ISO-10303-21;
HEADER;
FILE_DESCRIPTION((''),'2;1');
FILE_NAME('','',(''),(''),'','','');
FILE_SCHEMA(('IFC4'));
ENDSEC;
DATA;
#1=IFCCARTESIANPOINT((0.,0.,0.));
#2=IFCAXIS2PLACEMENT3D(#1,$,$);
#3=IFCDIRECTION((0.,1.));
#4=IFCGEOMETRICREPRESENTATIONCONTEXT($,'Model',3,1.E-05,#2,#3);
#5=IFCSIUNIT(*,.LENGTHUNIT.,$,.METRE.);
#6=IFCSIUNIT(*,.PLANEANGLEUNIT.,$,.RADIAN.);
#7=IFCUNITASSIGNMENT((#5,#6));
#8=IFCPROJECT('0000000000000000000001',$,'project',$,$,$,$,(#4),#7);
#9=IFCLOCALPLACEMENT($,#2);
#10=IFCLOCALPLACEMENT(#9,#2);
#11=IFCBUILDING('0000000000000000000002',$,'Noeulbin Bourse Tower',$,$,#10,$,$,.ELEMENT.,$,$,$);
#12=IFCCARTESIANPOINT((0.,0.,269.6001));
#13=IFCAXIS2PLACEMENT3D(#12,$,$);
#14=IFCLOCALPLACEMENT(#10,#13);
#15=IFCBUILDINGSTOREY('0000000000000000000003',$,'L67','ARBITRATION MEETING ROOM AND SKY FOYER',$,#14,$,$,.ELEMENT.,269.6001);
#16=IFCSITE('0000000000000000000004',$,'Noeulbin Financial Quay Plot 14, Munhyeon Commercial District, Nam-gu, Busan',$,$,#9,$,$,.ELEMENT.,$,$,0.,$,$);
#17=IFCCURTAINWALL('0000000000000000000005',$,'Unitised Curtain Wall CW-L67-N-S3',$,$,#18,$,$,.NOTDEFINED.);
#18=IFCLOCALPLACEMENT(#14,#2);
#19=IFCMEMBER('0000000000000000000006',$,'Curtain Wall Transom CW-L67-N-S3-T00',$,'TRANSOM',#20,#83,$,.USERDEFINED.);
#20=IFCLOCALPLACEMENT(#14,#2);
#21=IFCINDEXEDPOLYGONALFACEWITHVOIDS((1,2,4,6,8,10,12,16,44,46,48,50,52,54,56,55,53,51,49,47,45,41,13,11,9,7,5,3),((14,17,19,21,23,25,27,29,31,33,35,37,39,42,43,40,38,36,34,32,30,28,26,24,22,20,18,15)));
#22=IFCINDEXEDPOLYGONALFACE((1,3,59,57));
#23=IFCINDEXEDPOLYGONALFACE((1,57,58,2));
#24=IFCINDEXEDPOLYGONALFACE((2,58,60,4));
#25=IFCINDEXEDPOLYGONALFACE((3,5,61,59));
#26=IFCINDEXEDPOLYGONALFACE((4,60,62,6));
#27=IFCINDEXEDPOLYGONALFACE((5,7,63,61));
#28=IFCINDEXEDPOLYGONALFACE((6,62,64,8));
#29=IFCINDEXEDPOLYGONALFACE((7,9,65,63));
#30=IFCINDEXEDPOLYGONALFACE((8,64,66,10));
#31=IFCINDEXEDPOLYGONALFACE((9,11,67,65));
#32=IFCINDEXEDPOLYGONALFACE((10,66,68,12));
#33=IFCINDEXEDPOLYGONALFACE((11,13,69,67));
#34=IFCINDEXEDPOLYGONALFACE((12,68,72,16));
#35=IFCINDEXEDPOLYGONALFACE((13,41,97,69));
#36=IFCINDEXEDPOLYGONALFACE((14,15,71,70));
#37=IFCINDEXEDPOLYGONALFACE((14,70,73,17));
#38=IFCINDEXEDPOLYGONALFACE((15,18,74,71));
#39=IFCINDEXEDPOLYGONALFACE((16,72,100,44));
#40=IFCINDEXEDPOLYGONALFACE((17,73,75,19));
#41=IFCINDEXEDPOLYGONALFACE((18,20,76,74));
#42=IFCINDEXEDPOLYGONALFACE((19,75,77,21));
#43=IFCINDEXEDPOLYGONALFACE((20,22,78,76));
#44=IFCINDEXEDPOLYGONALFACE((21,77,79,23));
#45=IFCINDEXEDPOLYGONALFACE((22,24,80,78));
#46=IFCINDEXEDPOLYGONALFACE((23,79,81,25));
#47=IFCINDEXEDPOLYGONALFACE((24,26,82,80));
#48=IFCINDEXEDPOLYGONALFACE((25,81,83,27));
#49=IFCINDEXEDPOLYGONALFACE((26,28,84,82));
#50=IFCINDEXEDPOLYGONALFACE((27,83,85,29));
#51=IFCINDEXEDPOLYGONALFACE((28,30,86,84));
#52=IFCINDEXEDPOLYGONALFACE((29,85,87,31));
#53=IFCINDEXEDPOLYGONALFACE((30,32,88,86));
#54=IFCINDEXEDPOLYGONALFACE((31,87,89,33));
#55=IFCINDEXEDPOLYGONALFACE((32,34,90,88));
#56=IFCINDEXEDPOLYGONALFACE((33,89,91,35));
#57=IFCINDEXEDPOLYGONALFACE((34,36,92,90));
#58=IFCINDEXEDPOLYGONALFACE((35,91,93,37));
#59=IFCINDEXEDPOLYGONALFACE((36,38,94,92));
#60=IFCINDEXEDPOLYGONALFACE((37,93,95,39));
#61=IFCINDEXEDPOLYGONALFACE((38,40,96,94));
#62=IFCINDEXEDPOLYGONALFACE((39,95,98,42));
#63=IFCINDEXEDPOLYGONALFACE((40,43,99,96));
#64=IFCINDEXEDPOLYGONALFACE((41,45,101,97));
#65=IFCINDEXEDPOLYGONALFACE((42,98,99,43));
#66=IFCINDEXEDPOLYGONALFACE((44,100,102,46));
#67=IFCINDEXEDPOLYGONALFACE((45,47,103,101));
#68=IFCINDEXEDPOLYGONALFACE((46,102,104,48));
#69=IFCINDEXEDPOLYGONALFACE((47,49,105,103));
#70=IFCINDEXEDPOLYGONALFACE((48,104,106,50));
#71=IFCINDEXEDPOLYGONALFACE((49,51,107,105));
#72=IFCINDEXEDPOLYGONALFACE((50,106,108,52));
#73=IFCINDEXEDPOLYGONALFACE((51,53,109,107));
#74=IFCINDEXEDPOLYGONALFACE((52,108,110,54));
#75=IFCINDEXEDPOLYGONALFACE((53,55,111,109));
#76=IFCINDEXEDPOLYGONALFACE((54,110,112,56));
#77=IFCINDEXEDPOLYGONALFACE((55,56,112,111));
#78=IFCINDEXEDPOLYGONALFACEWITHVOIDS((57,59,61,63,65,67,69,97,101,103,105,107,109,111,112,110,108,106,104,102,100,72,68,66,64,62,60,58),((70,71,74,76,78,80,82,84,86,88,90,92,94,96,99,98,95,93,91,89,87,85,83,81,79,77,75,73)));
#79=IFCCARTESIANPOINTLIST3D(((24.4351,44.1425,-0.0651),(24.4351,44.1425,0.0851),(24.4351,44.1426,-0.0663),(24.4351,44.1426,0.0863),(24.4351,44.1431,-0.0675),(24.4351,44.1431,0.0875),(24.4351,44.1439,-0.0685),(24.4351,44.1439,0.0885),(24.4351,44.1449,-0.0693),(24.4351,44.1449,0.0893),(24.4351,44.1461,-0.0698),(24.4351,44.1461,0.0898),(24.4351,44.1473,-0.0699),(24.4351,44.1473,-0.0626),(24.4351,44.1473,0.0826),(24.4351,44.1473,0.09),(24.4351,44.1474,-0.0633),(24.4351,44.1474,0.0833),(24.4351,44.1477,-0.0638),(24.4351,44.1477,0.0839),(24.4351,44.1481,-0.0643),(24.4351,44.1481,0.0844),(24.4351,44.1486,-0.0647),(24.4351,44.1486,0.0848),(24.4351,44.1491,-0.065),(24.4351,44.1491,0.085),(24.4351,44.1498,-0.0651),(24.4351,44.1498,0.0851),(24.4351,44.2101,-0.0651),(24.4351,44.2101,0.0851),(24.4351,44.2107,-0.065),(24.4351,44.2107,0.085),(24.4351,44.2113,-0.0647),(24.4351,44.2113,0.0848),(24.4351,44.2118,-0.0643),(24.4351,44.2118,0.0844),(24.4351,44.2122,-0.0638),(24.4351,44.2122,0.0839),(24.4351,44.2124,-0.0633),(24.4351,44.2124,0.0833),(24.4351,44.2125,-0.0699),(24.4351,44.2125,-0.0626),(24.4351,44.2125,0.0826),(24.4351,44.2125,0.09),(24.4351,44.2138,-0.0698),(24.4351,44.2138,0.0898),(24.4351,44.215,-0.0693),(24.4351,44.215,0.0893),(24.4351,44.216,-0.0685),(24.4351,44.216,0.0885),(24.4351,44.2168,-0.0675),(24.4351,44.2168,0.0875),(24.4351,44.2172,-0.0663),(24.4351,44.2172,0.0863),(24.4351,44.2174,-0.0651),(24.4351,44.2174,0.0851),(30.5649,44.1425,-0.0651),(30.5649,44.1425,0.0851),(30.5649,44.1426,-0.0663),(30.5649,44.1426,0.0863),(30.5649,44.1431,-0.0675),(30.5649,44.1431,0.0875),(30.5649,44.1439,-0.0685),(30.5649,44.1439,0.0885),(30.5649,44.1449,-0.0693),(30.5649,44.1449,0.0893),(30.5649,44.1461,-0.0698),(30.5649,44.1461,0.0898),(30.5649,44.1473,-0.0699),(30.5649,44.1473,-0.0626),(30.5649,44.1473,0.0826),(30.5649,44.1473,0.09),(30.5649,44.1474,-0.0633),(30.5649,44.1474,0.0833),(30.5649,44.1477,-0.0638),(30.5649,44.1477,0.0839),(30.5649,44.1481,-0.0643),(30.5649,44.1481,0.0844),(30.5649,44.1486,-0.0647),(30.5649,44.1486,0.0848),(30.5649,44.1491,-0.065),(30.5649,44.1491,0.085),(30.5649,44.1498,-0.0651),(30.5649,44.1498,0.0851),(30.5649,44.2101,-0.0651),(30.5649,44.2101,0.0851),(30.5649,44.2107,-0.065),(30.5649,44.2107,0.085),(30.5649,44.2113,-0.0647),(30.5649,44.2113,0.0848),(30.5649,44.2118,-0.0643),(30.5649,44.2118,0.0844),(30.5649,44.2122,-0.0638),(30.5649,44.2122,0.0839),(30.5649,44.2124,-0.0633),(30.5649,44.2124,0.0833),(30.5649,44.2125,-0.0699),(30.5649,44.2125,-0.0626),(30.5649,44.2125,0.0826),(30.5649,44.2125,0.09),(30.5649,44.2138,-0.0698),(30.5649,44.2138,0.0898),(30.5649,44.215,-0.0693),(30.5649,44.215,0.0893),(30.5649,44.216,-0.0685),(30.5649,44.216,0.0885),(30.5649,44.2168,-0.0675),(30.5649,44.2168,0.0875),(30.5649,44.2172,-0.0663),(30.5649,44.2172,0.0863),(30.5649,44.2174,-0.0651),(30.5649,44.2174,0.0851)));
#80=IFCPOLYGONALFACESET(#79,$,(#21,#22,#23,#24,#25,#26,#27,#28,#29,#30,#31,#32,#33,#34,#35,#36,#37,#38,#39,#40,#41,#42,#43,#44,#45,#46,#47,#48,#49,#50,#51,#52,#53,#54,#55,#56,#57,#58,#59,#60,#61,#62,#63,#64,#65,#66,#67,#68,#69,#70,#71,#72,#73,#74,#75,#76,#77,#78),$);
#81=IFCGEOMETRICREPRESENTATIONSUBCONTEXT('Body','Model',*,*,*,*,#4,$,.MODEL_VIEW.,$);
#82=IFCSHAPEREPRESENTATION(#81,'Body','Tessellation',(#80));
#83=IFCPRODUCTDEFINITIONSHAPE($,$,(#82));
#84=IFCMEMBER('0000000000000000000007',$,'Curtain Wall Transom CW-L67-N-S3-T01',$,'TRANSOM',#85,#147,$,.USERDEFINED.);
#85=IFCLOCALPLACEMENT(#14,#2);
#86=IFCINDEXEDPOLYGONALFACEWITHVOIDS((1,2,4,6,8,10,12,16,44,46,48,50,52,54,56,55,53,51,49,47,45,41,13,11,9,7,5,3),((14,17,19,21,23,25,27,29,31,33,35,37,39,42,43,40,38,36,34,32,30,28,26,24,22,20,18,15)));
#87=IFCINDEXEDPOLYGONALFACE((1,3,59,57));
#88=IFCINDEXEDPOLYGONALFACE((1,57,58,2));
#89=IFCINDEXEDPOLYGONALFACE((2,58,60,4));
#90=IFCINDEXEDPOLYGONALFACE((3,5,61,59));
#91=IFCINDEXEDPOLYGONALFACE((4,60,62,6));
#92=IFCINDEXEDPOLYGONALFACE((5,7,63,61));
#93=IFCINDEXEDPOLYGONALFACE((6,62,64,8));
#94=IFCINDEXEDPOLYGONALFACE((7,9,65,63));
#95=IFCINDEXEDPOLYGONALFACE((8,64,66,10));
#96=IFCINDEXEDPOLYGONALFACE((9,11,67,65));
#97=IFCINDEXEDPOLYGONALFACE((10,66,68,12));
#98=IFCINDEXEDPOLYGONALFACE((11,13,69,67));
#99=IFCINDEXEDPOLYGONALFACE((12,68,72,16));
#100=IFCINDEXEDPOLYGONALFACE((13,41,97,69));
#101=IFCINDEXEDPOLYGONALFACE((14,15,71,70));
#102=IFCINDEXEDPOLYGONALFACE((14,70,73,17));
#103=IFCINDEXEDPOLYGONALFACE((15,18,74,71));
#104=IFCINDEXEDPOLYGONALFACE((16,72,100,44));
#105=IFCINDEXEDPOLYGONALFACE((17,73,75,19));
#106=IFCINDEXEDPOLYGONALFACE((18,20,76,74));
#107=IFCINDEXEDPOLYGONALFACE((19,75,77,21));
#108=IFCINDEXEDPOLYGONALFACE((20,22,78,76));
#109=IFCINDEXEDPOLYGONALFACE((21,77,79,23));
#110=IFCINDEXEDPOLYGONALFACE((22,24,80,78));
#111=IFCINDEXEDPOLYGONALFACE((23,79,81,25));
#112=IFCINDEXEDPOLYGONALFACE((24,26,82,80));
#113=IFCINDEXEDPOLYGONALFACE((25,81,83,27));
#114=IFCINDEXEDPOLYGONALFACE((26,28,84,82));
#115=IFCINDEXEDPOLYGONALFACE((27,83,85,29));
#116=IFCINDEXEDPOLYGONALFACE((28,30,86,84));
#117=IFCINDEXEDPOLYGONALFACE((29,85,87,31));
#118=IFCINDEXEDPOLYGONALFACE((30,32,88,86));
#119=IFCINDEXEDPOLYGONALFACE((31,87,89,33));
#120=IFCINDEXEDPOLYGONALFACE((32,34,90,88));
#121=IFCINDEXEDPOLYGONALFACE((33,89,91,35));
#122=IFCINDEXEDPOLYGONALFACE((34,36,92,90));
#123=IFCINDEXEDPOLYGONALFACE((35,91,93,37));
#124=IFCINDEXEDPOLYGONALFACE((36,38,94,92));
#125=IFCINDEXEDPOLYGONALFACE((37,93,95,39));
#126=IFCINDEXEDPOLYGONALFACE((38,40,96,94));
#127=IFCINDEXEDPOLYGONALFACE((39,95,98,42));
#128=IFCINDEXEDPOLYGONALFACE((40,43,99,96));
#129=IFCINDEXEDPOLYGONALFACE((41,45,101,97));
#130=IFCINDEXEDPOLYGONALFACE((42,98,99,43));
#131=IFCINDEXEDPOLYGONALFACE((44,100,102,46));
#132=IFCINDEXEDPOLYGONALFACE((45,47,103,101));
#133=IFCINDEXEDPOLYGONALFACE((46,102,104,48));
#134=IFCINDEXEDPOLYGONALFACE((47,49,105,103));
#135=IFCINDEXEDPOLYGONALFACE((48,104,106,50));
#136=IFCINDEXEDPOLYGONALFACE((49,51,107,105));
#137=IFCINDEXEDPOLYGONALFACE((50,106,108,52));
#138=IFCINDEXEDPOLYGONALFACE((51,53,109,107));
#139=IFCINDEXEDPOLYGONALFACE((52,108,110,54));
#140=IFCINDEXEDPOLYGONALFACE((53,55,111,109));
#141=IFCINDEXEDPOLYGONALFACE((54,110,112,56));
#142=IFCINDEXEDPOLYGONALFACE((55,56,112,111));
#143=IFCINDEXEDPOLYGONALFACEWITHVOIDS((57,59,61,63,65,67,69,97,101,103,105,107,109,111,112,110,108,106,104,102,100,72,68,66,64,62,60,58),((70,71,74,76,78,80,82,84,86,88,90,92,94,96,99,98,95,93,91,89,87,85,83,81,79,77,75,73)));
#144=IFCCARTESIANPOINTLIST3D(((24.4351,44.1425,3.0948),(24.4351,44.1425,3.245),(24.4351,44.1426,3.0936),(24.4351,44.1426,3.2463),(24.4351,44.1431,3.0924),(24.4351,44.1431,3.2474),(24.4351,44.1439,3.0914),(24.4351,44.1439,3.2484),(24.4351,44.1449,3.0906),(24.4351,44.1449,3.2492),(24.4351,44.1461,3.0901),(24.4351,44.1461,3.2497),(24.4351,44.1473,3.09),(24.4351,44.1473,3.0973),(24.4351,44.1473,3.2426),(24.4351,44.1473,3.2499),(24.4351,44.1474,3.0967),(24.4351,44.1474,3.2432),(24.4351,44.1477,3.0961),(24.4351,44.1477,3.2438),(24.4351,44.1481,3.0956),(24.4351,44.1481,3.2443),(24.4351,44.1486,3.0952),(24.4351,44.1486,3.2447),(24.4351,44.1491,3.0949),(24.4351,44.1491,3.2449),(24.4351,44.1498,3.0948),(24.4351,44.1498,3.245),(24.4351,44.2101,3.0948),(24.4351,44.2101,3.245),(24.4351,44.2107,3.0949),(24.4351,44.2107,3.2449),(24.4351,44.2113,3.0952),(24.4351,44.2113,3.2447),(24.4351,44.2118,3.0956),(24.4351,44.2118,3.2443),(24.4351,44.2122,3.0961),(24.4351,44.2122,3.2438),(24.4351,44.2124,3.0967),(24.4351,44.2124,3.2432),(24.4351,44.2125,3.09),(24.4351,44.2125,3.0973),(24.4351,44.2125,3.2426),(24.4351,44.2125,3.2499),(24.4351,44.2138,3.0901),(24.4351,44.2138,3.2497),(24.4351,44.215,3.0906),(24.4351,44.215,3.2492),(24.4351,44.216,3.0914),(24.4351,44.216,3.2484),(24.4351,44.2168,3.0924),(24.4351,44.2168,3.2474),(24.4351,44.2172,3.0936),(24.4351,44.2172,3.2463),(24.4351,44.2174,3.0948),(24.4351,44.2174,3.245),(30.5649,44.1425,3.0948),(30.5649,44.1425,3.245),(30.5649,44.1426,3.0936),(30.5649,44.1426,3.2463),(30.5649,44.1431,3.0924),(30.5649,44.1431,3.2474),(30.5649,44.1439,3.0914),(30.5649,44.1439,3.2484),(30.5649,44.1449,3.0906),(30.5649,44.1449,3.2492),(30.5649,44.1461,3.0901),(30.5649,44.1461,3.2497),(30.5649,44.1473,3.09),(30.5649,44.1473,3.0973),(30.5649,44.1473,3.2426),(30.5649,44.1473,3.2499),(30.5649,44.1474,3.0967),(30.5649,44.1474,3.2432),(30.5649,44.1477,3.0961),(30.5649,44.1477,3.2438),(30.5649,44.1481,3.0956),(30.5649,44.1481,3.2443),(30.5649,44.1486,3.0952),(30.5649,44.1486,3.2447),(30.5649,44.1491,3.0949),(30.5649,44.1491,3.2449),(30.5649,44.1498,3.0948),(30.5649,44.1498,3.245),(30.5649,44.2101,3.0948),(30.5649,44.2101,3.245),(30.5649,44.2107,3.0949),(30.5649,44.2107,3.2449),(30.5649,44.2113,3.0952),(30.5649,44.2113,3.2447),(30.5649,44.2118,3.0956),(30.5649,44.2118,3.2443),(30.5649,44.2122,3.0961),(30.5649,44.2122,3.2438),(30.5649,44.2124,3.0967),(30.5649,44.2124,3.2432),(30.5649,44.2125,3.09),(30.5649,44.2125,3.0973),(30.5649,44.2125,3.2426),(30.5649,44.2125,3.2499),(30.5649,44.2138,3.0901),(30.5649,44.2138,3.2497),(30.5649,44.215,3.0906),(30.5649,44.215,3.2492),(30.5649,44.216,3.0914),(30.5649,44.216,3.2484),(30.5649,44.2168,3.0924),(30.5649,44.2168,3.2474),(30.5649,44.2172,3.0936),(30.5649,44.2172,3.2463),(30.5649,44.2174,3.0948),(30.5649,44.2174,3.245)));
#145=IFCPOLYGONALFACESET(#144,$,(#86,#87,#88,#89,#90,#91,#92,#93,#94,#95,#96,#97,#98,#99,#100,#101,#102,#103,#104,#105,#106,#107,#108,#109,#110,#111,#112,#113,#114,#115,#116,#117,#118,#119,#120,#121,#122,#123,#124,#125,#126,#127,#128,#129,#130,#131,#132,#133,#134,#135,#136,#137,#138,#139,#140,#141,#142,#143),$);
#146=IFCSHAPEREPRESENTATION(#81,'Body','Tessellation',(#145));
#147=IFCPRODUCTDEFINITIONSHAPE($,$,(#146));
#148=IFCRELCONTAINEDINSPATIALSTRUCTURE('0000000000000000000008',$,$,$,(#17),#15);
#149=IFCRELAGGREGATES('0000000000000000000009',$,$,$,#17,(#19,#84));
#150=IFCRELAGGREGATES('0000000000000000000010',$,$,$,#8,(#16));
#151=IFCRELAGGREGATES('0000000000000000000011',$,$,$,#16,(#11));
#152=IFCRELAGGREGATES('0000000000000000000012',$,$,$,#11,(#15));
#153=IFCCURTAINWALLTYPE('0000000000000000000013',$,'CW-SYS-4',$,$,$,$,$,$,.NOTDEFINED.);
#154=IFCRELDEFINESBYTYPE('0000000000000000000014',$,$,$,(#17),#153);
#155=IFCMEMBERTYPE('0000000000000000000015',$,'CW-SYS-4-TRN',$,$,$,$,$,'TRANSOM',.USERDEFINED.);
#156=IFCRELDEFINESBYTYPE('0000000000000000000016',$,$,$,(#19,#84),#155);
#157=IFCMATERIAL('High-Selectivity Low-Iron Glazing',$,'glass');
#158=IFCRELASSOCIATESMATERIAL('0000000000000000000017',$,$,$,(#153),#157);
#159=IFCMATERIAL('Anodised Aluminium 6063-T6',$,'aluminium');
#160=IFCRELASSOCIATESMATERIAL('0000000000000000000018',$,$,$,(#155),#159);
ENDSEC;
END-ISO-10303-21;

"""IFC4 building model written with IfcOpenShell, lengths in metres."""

from ifc_helpers import new_model, si_unit, direction, frame, origin, origin_2d, place, context, subcontext, project, spatial, hollow_rectangle, extrude, material, material_profile, profile_set, type_object, element, aggregate, save


model = new_model("IFC4")

# Units and contexts
model_context = context("Model", 3, precision=1e-05, world=origin(), true_north=direction((0.0, 1.0)))
body_context = subcontext(model_context, "Body", "Model", "MODEL_VIEW")
ifc_project = project(units=[si_unit("LENGTHUNIT", "METRE"), si_unit("PLANEANGLEUNIT", "RADIAN")], contexts=[model_context])

# Site, building, storey
site_placement = place(None, origin())
site = spatial("IfcSite", under=ifc_project, at=site_placement, Name="Noeulbin Financial Quay Plot 14, Munhyeon Commercial District, Nam-gu, Busan", CompositionType="ELEMENT", RefElevation=0.0)
building_placement = place(site_placement, origin())
building = spatial("IfcBuilding", under=site, at=building_placement, Name="Noeulbin Bourse Tower", CompositionType="ELEMENT")
storey_placement = place(building_placement, frame((0.0, 0.0, 269.6001)))
storey = spatial("IfcBuildingStorey", under=building, at=storey_placement, Name="L67", Description="ARBITRATION MEETING ROOM AND SKY FOYER", CompositionType="ELEMENT", Elevation=269.6001)

# Curtain wall
ifc_material_1 = material(Name="High-Selectivity Low-Iron Glazing", Category="glass")
curtain_wall_type = type_object("IfcCurtainWallType", Name="CW-SYS-4", PredefinedType="NOTDEFINED", material=ifc_material_1)
curtain_wall_1_placement = place(storey_placement, origin())
curtain_wall_1 = element("IfcCurtainWall", 1, at=curtain_wall_1_placement, inside=storey, type_object=curtain_wall_type, Name="Unitised Curtain Wall CW-L67-N-S3", PredefinedType="NOTDEFINED")
ifc_material_2 = material(Name="Anodised Aluminium 6063-T6", Category="aluminium")

# Members
ifc_material_profile_1 = material_profile(ifc_material_2, hollow_rectangle(XDim=0.075, YDim=0.1599, WallThickness=0.0049, InnerFilletRadius=0.0024, OuterFilletRadius=0.0049, at=origin_2d()), Name="ALU-TRAN-75x160x5", Category="LoadBearing")
ifc_profile_set_1 = profile_set([ifc_material_profile_1], Name="Anodised Aluminium 6063-T6")
member_type_1 = type_object("IfcMemberType", Name="CW-SYS-4-TRN", ElementType="TRANSOM", PredefinedType="USERDEFINED", material=ifc_profile_set_1)
member_1_placement = place(storey_placement, frame((24.4351, 44.1799, 0.01), z_axis=(1.0, 0.0, 0.0), x_axis=(0.0, 1.0, 0.0)))
member_1 = element("IfcMember", 2, at=member_1_placement, type_object=member_type_1, Name="Curtain Wall Transom CW-L67-N-S3-T00", ObjectType="TRANSOM", PredefinedType="USERDEFINED", context=body_context, shape_type="SweptSolid", body=[
    extrude(hollow_rectangle(XDim=0.075, YDim=0.1599, WallThickness=0.0049, InnerFilletRadius=0.0024, OuterFilletRadius=0.0049, at=origin_2d()), origin(), (0.0, 0.0, 1.0), 6.1299),
])
member_2_placement = place(storey_placement, frame((24.4351, 44.1799, 3.1699), z_axis=(1.0, 0.0, 0.0), x_axis=(0.0, 1.0, 0.0)))
member_2 = element("IfcMember", 3, at=member_2_placement, type_object=member_type_1, Name="Curtain Wall Transom CW-L67-N-S3-T01", ObjectType="TRANSOM", PredefinedType="USERDEFINED", context=body_context, shape_type="SweptSolid", body=[
    extrude(hollow_rectangle(XDim=0.075, YDim=0.1599, WallThickness=0.0049, InnerFilletRadius=0.0024, OuterFilletRadius=0.0049, at=origin_2d()), origin(), (0.0, 0.0, 1.0), 6.1299),
])

aggregate(curtain_wall_1, [member_1, member_2])

save(model, "model.ifc")
